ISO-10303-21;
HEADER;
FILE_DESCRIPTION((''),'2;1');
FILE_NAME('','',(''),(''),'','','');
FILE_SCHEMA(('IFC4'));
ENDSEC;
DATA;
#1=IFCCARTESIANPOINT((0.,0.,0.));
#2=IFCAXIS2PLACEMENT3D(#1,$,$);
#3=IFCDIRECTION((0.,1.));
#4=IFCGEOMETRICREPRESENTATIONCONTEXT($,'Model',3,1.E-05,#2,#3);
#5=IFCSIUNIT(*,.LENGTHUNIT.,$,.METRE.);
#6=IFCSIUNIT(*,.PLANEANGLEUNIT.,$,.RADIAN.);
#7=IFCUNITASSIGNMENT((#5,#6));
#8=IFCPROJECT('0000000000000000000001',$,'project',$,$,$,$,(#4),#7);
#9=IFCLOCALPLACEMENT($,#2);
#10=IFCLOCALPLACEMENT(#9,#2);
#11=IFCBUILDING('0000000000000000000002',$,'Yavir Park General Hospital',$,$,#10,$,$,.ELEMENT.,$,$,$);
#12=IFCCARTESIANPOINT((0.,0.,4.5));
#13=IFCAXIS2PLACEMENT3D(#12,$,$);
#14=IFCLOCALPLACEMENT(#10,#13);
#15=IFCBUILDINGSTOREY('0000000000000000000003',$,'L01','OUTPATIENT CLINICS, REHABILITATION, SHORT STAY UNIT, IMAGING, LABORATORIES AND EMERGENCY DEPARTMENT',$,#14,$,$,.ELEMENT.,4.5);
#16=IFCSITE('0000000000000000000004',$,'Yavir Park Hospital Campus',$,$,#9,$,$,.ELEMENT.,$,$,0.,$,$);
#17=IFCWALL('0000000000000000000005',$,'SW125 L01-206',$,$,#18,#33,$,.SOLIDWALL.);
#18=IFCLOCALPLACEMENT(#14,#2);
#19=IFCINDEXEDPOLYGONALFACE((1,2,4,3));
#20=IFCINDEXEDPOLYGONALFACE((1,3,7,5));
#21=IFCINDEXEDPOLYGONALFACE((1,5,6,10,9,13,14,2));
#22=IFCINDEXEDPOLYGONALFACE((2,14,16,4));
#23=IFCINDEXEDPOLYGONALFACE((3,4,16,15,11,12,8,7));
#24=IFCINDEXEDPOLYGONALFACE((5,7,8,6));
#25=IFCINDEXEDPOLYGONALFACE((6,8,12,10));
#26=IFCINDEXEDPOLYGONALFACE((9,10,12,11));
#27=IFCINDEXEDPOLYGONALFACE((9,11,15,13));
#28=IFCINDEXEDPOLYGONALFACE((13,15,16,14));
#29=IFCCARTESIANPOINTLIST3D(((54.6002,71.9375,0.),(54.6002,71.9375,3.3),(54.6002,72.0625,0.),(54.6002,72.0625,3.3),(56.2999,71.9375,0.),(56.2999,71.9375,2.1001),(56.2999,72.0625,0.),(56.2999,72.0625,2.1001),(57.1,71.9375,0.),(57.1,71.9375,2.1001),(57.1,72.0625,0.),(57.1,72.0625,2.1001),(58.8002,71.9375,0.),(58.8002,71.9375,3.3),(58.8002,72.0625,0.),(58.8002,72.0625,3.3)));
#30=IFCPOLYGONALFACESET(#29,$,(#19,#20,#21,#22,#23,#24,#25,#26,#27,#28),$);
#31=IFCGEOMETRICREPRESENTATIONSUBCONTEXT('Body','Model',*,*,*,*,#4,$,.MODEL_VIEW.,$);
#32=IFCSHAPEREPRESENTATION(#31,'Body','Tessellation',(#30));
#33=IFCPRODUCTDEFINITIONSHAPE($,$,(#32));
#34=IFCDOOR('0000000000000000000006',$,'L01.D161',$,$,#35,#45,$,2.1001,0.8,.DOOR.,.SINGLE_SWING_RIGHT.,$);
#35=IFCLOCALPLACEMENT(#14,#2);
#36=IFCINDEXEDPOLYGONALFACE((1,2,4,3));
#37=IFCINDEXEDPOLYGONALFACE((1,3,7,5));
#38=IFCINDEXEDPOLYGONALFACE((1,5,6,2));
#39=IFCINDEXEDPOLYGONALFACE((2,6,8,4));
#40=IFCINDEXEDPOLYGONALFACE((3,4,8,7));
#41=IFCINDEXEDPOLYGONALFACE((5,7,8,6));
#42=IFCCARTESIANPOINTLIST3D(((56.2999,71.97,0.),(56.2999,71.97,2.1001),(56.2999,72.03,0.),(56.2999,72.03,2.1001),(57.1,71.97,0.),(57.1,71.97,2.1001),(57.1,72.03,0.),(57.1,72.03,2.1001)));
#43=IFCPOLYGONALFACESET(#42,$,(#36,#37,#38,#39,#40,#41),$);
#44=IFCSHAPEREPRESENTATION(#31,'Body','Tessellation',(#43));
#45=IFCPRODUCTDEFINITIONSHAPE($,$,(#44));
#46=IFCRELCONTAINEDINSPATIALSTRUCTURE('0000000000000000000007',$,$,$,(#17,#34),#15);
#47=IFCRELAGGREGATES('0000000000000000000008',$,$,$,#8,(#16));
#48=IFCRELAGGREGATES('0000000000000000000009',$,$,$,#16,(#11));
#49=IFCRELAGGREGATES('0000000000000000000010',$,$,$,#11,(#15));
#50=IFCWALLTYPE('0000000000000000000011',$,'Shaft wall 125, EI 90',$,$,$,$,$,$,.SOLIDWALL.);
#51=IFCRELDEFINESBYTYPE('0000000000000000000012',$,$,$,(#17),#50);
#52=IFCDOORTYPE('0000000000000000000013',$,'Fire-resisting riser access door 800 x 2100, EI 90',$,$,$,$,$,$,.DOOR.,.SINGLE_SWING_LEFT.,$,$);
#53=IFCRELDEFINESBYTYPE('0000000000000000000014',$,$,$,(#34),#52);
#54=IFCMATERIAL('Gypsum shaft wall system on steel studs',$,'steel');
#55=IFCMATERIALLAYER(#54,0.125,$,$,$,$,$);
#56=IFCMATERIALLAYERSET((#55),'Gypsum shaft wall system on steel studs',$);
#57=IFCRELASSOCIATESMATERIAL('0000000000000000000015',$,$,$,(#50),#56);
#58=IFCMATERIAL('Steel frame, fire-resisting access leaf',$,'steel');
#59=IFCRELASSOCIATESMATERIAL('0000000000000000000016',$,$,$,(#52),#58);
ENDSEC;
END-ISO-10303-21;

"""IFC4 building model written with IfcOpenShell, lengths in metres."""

from ifc_helpers import new_model, si_unit, direction, frame, frame_2d, origin, place, context, subcontext, project, spatial, rectangle, extrude, material, layer, layer_set, type_object, element, fill, save


model = new_model("IFC4")

# Units and contexts
model_context = context("Model", 3, precision=1e-05, world=origin(), true_north=direction((0.0, 1.0)))
body_context = subcontext(model_context, "Body", "Model", "MODEL_VIEW")
ifc_project = project(units=[si_unit("LENGTHUNIT", "METRE"), si_unit("PLANEANGLEUNIT", "RADIAN")], contexts=[model_context])

# Site, building, storey
site_placement = place(None, origin())
site = spatial("IfcSite", under=ifc_project, at=site_placement, Name="Yavir Park Hospital Campus", CompositionType="ELEMENT", RefElevation=0.0)
building_placement = place(site_placement, origin())
building = spatial("IfcBuilding", under=site, at=building_placement, Name="Yavir Park General Hospital", CompositionType="ELEMENT")
storey_placement = place(building_placement, frame((0.0, 0.0, 4.5)))
storey = spatial("IfcBuildingStorey", under=building, at=storey_placement, Name="L01", Description="OUTPATIENT CLINICS, REHABILITATION, SHORT STAY UNIT, IMAGING, LABORATORIES AND EMERGENCY DEPARTMENT", CompositionType="ELEMENT", Elevation=4.5)

# Wall, opening, door
ifc_material_1 = material(Name="Gypsum shaft wall system on steel studs", Category="steel")
ifc_layer_1 = layer(ifc_material_1, 0.125)
ifc_layer_set_1 = layer_set([ifc_layer_1], Name="Gypsum shaft wall system on steel studs")
wall_type_1 = type_object("IfcWallType", Name="Shaft wall 125, EI 90", PredefinedType="SOLIDWALL", material=ifc_layer_set_1)
wall_1_placement = place(storey_placement, frame((54.6001, 72.0, 0.0), z_axis=(0.0, 0.0, 1.0), x_axis=(1.0, 0.0, 0.0)))
wall_1 = element("IfcWall", 1, at=wall_1_placement, inside=storey, type_object=wall_type_1, Name="SW125 L01-206", PredefinedType="SOLIDWALL", context=body_context, shape_type="SweptSolid", body=[
    extrude(rectangle(XDim=4.2, YDim=0.125, at=frame_2d((2.1001, 0.0))), origin(), (0.0, 0.0, 1.0), 3.3),
])
opening_1_placement = place(wall_1_placement, frame((1.7, 0.0, 0.0)))
opening_1 = element("IfcOpeningElement", 2, at=opening_1_placement, cuts=wall_1, PredefinedType="OPENING", context=body_context, shape_type="SweptSolid", body=[
    extrude(rectangle(XDim=0.8, YDim=2.1001, at=frame_2d((0.3999, 1.05))), frame((0.0, 0.0725, 0.0), z_axis=(0.0, -1.0, 0.0), x_axis=(1.0, 0.0, 0.0)), (0.0, 0.0, 1.0), 0.145),
])
ifc_material_2 = material(Name="Steel frame, fire-resisting access leaf", Category="steel")
door_type_1 = type_object("IfcDoorType", Name="Fire-resisting riser access door 800 x 2100, EI 90", OperationType="SINGLE_SWING_LEFT", PredefinedType="DOOR", material=ifc_material_2)
door_1_placement = place(opening_1_placement, origin())
door_1 = element("IfcDoor", 3, at=door_1_placement, inside=storey, type_object=door_type_1, Name="L01.D161", OperationType="SINGLE_SWING_RIGHT", OverallHeight=2.1001, OverallWidth=0.8, PredefinedType="DOOR", context=body_context, shape_type="SweptSolid", body=[
    extrude(rectangle(XDim=0.8, YDim=2.1001, at=frame_2d((0.3999, 1.05))), frame((0.0, 0.03, 0.0), z_axis=(0.0, -1.0, 0.0), x_axis=(1.0, 0.0, 0.0)), (0.0, 0.0, 1.0), 0.0601),
])
fill(opening_1, door_1)

save(model, "model.ifc")
